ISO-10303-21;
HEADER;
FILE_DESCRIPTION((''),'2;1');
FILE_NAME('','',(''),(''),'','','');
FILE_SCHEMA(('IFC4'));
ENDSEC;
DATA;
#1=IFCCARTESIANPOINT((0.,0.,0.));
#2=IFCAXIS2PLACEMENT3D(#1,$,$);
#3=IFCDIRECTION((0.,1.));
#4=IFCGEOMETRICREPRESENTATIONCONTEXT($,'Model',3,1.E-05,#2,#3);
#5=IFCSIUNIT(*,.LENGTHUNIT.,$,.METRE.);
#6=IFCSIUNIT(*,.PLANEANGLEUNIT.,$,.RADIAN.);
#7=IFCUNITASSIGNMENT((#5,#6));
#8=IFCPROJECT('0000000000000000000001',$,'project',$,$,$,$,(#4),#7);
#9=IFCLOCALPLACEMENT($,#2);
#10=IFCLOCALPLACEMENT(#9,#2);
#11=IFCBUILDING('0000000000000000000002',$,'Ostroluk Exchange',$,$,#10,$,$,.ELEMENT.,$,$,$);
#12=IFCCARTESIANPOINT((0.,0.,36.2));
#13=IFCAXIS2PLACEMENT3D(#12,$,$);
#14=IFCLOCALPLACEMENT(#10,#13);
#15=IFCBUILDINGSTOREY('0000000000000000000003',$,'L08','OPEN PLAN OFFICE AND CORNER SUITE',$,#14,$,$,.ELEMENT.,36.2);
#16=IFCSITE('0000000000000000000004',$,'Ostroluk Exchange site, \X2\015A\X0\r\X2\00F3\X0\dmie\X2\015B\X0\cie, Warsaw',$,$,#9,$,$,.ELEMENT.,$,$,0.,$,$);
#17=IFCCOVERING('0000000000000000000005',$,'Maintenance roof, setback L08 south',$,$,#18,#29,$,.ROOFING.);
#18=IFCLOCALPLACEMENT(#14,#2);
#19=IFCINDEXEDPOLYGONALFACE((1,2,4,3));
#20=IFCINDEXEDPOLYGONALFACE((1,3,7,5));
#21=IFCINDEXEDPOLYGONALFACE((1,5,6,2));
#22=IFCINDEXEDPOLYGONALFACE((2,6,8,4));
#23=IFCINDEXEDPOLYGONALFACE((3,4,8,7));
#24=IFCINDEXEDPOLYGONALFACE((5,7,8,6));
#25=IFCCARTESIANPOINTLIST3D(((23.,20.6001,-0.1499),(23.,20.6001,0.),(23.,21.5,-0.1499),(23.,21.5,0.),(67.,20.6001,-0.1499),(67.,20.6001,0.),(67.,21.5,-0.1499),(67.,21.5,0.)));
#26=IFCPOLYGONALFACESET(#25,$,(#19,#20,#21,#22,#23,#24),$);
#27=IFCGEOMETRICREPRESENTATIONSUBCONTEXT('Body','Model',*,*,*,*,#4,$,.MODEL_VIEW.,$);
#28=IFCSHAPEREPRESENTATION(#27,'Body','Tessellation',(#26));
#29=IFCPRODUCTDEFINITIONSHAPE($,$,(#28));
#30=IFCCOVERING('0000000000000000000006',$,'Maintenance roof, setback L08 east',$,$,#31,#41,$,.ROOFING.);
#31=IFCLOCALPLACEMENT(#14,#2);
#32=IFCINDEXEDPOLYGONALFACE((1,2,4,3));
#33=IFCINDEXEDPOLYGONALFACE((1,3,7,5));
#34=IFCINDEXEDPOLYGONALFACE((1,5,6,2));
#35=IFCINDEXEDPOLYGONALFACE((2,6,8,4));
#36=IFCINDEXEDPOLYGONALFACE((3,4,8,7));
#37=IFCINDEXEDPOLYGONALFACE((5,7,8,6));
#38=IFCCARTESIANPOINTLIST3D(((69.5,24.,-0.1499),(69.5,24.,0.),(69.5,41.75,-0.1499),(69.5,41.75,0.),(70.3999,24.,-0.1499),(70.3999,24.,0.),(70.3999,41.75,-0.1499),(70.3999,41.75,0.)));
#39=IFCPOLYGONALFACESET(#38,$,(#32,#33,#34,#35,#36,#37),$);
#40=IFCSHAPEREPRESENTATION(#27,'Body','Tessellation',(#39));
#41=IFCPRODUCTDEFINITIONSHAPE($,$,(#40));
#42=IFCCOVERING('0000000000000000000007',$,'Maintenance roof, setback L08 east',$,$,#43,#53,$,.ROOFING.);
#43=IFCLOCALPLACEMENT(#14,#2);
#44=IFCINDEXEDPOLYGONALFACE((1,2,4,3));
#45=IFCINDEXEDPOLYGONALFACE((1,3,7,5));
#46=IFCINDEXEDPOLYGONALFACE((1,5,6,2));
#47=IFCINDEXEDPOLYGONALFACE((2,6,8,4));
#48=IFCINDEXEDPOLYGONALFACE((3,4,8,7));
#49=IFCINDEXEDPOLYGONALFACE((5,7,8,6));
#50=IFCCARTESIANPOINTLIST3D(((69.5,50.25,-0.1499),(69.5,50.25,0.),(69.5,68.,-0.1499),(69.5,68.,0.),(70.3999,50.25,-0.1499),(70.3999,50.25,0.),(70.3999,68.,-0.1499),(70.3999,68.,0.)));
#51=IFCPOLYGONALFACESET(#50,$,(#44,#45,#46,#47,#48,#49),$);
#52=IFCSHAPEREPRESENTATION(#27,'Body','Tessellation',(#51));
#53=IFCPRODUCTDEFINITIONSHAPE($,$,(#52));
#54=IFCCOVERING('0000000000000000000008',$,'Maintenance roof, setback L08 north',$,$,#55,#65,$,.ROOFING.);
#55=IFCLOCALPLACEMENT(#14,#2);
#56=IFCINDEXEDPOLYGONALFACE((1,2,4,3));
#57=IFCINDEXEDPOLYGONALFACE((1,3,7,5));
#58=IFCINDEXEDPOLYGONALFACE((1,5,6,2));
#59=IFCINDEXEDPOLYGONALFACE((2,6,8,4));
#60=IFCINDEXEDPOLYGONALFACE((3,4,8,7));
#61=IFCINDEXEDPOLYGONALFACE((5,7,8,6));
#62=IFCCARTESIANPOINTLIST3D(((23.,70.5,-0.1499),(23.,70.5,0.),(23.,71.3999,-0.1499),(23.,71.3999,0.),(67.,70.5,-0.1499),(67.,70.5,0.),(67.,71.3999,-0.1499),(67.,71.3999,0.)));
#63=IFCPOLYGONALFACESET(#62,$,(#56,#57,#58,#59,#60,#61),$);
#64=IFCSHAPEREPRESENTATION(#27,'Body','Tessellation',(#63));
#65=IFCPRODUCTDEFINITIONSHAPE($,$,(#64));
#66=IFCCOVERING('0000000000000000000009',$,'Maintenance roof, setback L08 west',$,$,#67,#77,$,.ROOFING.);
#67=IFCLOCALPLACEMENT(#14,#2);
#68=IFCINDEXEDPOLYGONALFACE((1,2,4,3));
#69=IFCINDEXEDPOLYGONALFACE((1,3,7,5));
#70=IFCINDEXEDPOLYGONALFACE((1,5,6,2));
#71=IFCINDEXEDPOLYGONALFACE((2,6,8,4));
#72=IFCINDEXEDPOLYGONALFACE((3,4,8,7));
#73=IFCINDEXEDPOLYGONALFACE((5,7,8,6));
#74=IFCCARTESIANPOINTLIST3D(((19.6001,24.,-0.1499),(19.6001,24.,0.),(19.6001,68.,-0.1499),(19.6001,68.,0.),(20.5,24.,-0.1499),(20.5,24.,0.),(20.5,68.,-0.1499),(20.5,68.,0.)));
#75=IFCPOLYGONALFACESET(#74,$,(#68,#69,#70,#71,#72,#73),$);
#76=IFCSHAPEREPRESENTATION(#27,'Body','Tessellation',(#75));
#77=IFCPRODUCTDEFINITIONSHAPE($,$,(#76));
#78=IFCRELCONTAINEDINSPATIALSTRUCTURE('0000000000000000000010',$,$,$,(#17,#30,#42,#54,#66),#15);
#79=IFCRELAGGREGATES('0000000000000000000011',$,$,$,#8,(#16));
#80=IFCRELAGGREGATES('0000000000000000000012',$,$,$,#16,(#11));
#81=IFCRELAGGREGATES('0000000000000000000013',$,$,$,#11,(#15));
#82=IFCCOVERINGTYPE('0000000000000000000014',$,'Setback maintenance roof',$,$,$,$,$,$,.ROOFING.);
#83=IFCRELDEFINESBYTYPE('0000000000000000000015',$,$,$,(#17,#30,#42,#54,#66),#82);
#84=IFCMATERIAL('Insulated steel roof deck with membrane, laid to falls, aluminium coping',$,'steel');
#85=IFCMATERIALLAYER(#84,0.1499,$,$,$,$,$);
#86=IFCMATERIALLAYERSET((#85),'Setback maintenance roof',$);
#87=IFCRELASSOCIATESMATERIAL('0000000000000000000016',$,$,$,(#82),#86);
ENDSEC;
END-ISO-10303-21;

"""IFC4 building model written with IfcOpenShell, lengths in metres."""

from ifc_helpers import new_model, si_unit, direction, frame, origin, place, context, subcontext, project, spatial, polyline, outline, extrude, material, layer, layer_set, type_object, element, save


model = new_model("IFC4")

# Units and contexts
model_context = context("Model", 3, precision=1e-05, world=origin(), true_north=direction((0.0, 1.0)))
body_context = subcontext(model_context, "Body", "Model", "MODEL_VIEW")
ifc_project = project(units=[si_unit("LENGTHUNIT", "METRE"), si_unit("PLANEANGLEUNIT", "RADIAN")], contexts=[model_context])

# Site, building, storey
site_placement = place(None, origin())
site = spatial("IfcSite", under=ifc_project, at=site_placement, Name="Ostroluk Exchange site, Śródmieście, Warsaw", CompositionType="ELEMENT", RefElevation=0.0)
building_placement = place(site_placement, origin())
building = spatial("IfcBuilding", under=site, at=building_placement, Name="Ostroluk Exchange", CompositionType="ELEMENT")
storey_placement = place(building_placement, frame((0.0, 0.0, 36.2)))
storey = spatial("IfcBuildingStorey", under=building, at=storey_placement, Name="L08", Description="OPEN PLAN OFFICE AND CORNER SUITE", CompositionType="ELEMENT", Elevation=36.2)

# Coverings
ifc_material_1 = material(Name="Insulated steel roof deck with membrane, laid to falls, aluminium coping", Category="steel")
ifc_layer_1 = layer(ifc_material_1, 0.1499)
ifc_layer_set_1 = layer_set([ifc_layer_1], Name="Setback maintenance roof")
covering_type = type_object("IfcCoveringType", Name="Setback maintenance roof", PredefinedType="ROOFING", material=ifc_layer_set_1)
covering_1_placement = place(storey_placement, frame((0.0, 0.0, -0.1499)))
element("IfcCovering", 1, at=covering_1_placement, inside=storey, type_object=covering_type, Name="Maintenance roof, setback L08 south", PredefinedType="ROOFING", context=body_context, shape_type="SweptSolid", body=[
    extrude(outline(polyline([(23.0, 21.5), (67.0, 21.5), (67.0, 20.6001), (23.0, 20.6001), (23.0, 21.5)])), origin(), (0.0, 0.0, 1.0), 0.1499),
])
covering_2_placement = place(storey_placement, frame((0.0, 0.0, -0.1499)))
element("IfcCovering", 2, at=covering_2_placement, inside=storey, type_object=covering_type, Name="Maintenance roof, setback L08 east", PredefinedType="ROOFING", context=body_context, shape_type="SweptSolid", body=[
    extrude(outline(polyline([(69.5, 41.75), (70.3999, 41.75), (70.3999, 24.0), (69.5, 24.0), (69.5, 41.75)])), origin(), (0.0, 0.0, 1.0), 0.1499),
])
covering_3_placement = place(storey_placement, frame((0.0, 0.0, -0.1499)))
element("IfcCovering", 3, at=covering_3_placement, inside=storey, type_object=covering_type, Name="Maintenance roof, setback L08 east", PredefinedType="ROOFING", context=body_context, shape_type="SweptSolid", body=[
    extrude(outline(polyline([(69.5, 68.0), (70.3999, 68.0), (70.3999, 50.25), (69.5, 50.25), (69.5, 68.0)])), origin(), (0.0, 0.0, 1.0), 0.1499),
])
covering_4_placement = place(storey_placement, frame((0.0, 0.0, -0.1499)))
element("IfcCovering", 4, at=covering_4_placement, inside=storey, type_object=covering_type, Name="Maintenance roof, setback L08 north", PredefinedType="ROOFING", context=body_context, shape_type="SweptSolid", body=[
    extrude(outline(polyline([(23.0, 71.3999), (67.0, 71.3999), (67.0, 70.5), (23.0, 70.5), (23.0, 71.3999)])), origin(), (0.0, 0.0, 1.0), 0.1499),
])
covering_5_placement = place(storey_placement, frame((0.0, 0.0, -0.1499)))
element("IfcCovering", 5, at=covering_5_placement, inside=storey, type_object=covering_type, Name="Maintenance roof, setback L08 west", PredefinedType="ROOFING", context=body_context, shape_type="SweptSolid", body=[
    extrude(outline(polyline([(19.6001, 68.0), (20.5, 68.0), (20.5, 24.0), (19.6001, 24.0), (19.6001, 68.0)])), origin(), (0.0, 0.0, 1.0), 0.1499),
])

save(model, "model.ifc")
